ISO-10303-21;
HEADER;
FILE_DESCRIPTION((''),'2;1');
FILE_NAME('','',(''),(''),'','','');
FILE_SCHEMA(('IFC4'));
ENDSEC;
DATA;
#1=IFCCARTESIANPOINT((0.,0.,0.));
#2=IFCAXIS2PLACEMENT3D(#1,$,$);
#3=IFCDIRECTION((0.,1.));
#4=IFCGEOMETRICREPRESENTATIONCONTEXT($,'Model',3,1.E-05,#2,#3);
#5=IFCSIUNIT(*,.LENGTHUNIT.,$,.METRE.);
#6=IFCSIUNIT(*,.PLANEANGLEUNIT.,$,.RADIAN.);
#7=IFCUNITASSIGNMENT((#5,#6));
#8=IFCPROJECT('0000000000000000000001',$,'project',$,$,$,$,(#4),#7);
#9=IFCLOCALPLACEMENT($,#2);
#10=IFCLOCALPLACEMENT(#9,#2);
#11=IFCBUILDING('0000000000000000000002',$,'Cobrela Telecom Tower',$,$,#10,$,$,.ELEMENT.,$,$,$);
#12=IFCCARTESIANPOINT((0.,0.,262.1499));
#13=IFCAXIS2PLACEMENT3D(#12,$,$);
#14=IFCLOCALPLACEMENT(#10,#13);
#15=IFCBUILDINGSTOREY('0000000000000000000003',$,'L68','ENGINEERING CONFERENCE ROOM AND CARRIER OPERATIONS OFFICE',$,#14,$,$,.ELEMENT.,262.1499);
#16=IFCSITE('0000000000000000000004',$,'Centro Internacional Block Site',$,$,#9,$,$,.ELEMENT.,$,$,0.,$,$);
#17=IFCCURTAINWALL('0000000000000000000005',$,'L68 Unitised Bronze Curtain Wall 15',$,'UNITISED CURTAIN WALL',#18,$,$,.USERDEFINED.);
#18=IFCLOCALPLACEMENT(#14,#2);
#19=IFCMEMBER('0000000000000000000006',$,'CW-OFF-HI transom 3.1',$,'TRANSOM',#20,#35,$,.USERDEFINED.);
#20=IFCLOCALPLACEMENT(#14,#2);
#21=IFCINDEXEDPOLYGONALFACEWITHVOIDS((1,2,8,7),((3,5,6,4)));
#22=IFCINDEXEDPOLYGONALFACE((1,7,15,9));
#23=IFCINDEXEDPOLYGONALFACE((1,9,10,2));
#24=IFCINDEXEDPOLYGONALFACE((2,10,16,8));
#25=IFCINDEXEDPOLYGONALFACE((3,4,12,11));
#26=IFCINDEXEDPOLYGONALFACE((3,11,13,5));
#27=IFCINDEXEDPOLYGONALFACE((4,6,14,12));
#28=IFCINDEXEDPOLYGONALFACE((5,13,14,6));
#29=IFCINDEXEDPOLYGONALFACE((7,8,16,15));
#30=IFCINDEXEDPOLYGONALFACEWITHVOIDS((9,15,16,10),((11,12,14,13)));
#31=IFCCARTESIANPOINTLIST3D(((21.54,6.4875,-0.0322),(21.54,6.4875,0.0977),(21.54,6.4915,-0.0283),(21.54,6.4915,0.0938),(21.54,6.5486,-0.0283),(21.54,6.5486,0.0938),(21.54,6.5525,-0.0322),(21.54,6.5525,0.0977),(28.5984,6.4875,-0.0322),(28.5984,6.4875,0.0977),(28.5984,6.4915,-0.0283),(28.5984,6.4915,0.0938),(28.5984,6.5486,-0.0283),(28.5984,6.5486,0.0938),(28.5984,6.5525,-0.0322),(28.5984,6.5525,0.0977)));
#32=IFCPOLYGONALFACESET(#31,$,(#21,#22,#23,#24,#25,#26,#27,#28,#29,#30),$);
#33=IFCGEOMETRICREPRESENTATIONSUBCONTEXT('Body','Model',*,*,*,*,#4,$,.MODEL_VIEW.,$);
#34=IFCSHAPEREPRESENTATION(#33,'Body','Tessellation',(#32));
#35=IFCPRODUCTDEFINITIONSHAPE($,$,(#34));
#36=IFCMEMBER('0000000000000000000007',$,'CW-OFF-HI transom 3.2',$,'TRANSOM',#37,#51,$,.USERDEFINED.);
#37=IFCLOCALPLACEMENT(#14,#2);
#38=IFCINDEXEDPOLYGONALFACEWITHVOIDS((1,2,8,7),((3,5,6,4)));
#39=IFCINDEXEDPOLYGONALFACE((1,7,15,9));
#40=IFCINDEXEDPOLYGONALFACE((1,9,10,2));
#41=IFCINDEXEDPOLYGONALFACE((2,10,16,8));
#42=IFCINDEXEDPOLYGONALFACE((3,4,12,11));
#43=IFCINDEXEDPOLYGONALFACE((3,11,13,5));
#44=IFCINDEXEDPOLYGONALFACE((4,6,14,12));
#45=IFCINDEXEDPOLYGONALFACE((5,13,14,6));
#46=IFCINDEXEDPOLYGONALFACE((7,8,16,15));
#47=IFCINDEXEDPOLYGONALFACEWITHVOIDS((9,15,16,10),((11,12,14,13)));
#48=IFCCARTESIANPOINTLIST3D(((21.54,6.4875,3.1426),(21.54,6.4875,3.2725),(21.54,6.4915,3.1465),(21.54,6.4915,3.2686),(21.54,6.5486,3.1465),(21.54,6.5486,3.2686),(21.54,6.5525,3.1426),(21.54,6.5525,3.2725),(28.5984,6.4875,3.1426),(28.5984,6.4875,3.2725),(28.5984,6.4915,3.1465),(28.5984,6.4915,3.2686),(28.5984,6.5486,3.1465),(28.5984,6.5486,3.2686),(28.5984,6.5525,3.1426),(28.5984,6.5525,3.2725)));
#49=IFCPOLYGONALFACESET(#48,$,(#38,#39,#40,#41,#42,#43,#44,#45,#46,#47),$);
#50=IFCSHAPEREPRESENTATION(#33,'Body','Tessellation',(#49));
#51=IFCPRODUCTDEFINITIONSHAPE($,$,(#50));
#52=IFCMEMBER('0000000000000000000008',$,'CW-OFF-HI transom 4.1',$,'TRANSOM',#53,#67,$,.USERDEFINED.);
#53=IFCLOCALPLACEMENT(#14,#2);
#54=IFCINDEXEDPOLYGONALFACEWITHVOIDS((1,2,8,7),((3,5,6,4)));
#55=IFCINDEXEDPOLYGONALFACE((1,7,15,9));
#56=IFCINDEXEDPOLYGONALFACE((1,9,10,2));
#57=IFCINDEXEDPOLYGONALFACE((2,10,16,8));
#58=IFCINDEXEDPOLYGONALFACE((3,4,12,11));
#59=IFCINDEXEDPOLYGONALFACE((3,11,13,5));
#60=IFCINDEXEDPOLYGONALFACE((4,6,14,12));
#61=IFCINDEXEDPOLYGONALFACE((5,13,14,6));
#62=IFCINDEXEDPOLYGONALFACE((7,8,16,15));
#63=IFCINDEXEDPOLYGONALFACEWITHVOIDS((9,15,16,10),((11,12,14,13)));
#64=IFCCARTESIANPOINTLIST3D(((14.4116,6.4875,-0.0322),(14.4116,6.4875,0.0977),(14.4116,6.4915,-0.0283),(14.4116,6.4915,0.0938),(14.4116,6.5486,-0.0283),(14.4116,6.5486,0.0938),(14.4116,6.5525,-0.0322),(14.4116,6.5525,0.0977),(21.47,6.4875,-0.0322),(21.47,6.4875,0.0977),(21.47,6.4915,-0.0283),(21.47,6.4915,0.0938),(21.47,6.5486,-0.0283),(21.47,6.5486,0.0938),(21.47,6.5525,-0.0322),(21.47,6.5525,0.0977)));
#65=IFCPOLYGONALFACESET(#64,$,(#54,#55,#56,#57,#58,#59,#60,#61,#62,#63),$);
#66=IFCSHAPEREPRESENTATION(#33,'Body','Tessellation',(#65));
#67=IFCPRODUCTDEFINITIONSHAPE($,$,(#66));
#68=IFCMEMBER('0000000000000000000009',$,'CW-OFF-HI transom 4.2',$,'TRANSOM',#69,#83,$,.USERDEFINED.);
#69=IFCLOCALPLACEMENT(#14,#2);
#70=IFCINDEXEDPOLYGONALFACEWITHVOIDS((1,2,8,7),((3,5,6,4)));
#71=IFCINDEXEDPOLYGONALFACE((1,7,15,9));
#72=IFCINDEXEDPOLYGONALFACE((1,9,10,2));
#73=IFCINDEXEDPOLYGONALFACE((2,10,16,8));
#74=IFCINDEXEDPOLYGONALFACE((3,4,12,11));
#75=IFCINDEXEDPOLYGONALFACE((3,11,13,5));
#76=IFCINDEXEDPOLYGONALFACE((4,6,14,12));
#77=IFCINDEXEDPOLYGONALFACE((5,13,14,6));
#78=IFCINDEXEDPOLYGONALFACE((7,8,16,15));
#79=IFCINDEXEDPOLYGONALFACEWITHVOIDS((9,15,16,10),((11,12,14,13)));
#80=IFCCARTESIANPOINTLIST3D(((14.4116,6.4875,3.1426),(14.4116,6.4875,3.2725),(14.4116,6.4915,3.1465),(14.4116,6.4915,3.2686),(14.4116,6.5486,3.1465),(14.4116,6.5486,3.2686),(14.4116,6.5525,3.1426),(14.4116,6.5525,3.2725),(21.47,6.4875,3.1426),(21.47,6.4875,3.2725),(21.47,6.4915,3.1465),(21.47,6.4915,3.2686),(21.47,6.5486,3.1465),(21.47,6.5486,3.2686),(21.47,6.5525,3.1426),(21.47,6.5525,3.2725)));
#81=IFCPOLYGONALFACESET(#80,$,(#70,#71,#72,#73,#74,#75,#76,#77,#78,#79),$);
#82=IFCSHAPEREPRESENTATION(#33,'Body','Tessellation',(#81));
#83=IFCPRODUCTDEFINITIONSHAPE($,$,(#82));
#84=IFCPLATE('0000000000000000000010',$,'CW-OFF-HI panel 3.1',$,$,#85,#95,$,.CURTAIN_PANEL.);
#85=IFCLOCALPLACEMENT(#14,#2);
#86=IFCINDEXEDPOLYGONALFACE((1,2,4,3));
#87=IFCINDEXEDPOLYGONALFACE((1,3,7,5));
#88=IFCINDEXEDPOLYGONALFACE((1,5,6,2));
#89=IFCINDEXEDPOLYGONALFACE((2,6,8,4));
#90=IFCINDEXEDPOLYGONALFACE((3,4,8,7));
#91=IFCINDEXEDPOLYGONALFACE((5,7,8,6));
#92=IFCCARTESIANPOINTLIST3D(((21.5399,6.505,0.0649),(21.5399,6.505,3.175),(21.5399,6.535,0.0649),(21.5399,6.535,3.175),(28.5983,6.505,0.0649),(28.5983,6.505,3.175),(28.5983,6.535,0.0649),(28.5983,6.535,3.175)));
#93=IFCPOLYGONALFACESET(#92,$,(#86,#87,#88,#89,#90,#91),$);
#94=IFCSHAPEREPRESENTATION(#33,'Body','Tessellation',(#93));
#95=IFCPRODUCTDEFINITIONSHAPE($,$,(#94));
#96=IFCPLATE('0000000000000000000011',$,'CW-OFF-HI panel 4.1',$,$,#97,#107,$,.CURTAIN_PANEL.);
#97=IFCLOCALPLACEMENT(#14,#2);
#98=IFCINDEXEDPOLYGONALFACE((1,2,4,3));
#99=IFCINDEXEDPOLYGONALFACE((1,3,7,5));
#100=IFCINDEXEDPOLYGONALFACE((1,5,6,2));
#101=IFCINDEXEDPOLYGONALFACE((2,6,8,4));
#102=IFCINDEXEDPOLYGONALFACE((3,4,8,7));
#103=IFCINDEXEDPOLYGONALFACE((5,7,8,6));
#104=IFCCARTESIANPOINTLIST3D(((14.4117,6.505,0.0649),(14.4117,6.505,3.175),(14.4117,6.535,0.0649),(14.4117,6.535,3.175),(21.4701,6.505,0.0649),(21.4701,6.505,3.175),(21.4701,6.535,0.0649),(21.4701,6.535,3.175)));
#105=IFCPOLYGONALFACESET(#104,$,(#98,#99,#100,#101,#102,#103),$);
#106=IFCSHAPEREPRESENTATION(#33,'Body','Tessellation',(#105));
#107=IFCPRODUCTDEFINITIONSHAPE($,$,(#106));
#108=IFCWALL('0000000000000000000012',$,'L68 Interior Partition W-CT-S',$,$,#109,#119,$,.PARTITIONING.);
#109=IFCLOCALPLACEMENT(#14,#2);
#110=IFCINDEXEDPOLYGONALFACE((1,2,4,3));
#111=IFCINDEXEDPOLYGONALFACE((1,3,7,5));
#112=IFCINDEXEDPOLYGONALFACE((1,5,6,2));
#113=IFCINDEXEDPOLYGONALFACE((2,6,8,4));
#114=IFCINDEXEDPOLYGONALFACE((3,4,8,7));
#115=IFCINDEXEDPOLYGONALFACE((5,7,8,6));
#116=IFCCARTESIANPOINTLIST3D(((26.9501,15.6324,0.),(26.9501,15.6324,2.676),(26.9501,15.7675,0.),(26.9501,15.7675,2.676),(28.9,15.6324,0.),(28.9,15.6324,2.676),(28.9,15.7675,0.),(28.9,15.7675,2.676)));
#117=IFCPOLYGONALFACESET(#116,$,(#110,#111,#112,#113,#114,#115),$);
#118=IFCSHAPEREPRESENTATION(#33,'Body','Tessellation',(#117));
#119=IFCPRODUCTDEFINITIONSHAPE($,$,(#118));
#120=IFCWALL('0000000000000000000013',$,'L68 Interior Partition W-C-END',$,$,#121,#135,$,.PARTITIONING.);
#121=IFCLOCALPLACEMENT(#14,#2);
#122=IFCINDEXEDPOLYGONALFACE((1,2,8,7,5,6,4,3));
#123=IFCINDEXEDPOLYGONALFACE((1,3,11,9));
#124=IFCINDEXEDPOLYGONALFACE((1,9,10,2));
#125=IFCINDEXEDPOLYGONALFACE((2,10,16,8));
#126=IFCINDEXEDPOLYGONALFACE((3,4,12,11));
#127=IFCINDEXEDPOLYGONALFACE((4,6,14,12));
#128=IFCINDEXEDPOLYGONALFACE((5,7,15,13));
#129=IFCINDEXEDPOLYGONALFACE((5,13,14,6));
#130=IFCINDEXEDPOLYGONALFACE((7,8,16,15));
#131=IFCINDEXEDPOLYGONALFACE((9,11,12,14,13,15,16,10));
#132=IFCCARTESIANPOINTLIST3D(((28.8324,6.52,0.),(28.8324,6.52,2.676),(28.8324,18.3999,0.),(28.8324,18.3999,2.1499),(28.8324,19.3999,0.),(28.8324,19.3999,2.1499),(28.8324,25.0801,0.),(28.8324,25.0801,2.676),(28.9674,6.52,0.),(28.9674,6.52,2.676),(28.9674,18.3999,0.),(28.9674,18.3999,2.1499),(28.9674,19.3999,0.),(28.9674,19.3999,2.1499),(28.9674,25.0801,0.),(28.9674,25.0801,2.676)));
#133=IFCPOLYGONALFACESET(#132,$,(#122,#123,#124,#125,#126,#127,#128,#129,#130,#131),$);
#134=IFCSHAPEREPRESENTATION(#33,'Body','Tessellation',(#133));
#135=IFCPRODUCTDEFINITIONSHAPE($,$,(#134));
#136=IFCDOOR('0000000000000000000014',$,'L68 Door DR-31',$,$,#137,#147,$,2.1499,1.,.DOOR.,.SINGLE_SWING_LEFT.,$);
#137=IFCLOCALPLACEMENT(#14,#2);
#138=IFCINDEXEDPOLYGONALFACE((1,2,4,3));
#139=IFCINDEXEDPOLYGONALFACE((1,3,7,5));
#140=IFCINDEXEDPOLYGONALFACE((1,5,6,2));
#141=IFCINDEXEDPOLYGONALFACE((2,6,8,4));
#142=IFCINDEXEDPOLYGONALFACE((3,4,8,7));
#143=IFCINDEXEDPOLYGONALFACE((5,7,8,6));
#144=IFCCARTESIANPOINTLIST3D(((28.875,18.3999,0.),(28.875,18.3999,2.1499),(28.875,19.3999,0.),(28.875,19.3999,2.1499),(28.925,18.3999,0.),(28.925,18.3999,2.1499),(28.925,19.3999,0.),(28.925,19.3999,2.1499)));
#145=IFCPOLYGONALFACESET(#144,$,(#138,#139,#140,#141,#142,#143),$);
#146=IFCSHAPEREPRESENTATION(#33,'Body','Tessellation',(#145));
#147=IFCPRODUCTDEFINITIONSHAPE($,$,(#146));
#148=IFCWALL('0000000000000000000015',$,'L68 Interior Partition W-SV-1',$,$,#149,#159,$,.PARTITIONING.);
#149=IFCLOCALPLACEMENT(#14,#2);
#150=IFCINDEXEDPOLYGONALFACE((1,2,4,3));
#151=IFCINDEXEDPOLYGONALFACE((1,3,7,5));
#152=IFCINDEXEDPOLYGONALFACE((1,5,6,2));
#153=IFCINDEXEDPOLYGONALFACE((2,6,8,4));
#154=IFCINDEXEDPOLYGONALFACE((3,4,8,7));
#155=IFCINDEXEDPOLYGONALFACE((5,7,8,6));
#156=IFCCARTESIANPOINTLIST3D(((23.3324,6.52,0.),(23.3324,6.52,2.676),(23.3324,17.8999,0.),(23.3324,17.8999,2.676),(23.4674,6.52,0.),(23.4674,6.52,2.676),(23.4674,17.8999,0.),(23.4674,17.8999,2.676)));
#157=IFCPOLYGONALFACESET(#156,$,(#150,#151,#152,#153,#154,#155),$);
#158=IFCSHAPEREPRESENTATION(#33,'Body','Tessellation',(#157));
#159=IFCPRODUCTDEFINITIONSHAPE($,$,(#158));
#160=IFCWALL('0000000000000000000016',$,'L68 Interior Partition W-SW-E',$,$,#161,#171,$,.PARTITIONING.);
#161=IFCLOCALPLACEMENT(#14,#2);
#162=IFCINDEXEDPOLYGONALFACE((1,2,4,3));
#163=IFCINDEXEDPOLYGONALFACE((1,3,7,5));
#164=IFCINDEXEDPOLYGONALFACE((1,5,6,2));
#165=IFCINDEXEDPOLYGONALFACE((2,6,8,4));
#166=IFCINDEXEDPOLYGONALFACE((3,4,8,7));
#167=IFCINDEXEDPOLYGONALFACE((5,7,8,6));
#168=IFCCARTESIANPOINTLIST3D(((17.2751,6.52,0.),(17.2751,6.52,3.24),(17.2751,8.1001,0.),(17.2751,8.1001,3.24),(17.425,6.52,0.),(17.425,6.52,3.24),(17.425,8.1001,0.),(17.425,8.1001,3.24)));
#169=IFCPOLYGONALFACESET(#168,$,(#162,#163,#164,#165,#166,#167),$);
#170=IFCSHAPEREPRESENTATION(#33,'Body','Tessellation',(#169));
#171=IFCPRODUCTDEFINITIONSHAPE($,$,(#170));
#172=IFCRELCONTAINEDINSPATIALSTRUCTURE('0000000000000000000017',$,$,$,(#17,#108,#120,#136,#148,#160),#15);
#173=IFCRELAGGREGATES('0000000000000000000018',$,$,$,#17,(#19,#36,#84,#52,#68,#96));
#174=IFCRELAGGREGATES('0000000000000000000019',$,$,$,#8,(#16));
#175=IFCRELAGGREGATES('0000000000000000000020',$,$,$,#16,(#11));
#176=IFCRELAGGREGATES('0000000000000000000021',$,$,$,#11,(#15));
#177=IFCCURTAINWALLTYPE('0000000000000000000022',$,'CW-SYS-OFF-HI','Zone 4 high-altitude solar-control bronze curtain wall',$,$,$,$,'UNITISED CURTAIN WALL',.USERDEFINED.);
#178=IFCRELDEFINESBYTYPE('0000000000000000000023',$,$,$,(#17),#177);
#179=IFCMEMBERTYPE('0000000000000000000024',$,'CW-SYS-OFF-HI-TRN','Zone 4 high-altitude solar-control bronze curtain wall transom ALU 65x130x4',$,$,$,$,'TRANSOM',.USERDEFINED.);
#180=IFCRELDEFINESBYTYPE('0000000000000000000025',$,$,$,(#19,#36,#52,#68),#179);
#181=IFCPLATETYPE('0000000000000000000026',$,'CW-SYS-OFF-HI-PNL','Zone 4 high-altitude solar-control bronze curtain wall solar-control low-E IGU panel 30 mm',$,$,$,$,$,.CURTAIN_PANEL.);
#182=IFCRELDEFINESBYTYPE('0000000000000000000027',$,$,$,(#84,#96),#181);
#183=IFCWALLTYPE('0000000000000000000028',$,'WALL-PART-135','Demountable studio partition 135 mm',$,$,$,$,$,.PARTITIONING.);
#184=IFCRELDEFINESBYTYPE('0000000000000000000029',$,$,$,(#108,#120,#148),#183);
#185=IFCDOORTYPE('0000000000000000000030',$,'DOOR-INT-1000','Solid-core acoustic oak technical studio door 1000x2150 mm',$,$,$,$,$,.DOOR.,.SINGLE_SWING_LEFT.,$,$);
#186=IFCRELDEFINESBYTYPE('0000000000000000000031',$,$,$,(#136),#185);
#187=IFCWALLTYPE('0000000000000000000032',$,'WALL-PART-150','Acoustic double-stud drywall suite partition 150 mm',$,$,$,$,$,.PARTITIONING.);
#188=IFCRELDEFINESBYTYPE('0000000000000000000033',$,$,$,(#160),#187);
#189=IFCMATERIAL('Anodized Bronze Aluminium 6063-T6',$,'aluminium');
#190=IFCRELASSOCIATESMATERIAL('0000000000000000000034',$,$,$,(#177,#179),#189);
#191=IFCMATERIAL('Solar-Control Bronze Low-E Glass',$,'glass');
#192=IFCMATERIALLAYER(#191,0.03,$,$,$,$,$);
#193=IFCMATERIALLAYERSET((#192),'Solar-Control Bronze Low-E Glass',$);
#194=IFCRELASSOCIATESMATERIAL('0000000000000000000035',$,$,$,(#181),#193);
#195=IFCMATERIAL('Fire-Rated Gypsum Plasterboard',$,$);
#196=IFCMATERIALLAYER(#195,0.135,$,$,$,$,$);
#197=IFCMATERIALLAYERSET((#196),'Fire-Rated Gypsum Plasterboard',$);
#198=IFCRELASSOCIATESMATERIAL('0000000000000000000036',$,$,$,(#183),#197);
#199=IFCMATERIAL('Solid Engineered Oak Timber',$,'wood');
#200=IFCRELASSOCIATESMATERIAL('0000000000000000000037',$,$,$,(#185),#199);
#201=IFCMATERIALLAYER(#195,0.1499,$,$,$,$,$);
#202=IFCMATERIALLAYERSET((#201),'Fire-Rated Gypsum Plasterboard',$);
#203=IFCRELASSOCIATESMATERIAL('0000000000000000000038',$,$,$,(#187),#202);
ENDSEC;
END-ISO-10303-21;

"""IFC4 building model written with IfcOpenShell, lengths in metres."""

from ifc_helpers import new_model, si_unit, direction, frame, frame_2d, origin, origin_2d, place, context, subcontext, project, spatial, rectangle, hollow_rectangle, extrude, material, layer, layer_set, material_profile, profile_set, type_object, element, fill, aggregate, save


model = new_model("IFC4")

# Units and contexts
model_context = context("Model", 3, precision=1e-05, world=origin(), true_north=direction((0.0, 1.0)))
body_context = subcontext(model_context, "Body", "Model", "MODEL_VIEW")
ifc_project = project(units=[si_unit("LENGTHUNIT", "METRE"), si_unit("PLANEANGLEUNIT", "RADIAN")], contexts=[model_context])

# Site, building, storey
site_placement = place(None, origin())
site = spatial("IfcSite", under=ifc_project, at=site_placement, Name="Centro Internacional Block Site", CompositionType="ELEMENT", RefElevation=0.0)
building_placement = place(site_placement, origin())
building = spatial("IfcBuilding", under=site, at=building_placement, Name="Cobrela Telecom Tower", CompositionType="ELEMENT")
storey_placement = place(building_placement, frame((0.0, 0.0, 262.1499)))
storey = spatial("IfcBuildingStorey", under=building, at=storey_placement, Name="L68", Description="ENGINEERING CONFERENCE ROOM AND CARRIER OPERATIONS OFFICE", CompositionType="ELEMENT", Elevation=262.1499)

# Curtain wall, members, plates
ifc_material_1 = material(Name="Anodized Bronze Aluminium 6063-T6", Category="aluminium")
curtain_wall_type = type_object("IfcCurtainWallType", Name="CW-SYS-OFF-HI", Description="Zone 4 high-altitude solar-control bronze curtain wall", ElementType="UNITISED CURTAIN WALL", PredefinedType="USERDEFINED", material=ifc_material_1)
curtain_wall_placement = place(storey_placement, origin())
curtain_wall = element("IfcCurtainWall", 1, at=curtain_wall_placement, inside=storey, type_object=curtain_wall_type, Name="L68 Unitised Bronze Curtain Wall 15", ObjectType="UNITISED CURTAIN WALL", PredefinedType="USERDEFINED")
ifc_material_profile_1 = material_profile(ifc_material_1, hollow_rectangle(XDim=0.0649, YDim=0.1299, WallThickness=0.0039, at=origin_2d()), Name="ALU 65x130x4")
ifc_profile_set_1 = profile_set([ifc_material_profile_1], Name="Anodized Bronze Aluminium 6063-T6")
member_type_1 = type_object("IfcMemberType", Name="CW-SYS-OFF-HI-TRN", Description="Zone 4 high-altitude solar-control bronze curtain wall transom ALU 65x130x4", ElementType="TRANSOM", PredefinedType="USERDEFINED", material=ifc_profile_set_1)
member_1_placement = place(storey_placement, frame((28.5984, 6.52, 0.0327), z_axis=(-1.0, 0.0, 0.0), x_axis=(0.0, -1.0, 0.0)))
member_1 = element("IfcMember", 2, at=member_1_placement, type_object=member_type_1, Name="CW-OFF-HI transom 3.1", ObjectType="TRANSOM", PredefinedType="USERDEFINED", context=body_context, shape_type="SweptSolid", body=[
    extrude(hollow_rectangle(XDim=0.0649, YDim=0.1299, WallThickness=0.0039, at=origin_2d()), origin(), (0.0, 0.0, 1.0), 7.0583),
])
member_2_placement = place(storey_placement, frame((28.5984, 6.52, 3.2075), z_axis=(-1.0, 0.0, 0.0), x_axis=(0.0, -1.0, 0.0)))
member_2 = element("IfcMember", 3, at=member_2_placement, type_object=member_type_1, Name="CW-OFF-HI transom 3.2", ObjectType="TRANSOM", PredefinedType="USERDEFINED", context=body_context, shape_type="SweptSolid", body=[
    extrude(hollow_rectangle(XDim=0.0649, YDim=0.1299, WallThickness=0.0039, at=origin_2d()), origin(), (0.0, 0.0, 1.0), 7.0583),
])
member_3_placement = place(storey_placement, frame((21.47, 6.52, 0.0327), z_axis=(-1.0, 0.0, 0.0), x_axis=(0.0, -1.0, 0.0)))
member_3 = element("IfcMember", 4, at=member_3_placement, type_object=member_type_1, Name="CW-OFF-HI transom 4.1", ObjectType="TRANSOM", PredefinedType="USERDEFINED", context=body_context, shape_type="SweptSolid", body=[
    extrude(hollow_rectangle(XDim=0.0649, YDim=0.1299, WallThickness=0.0039, at=origin_2d()), origin(), (0.0, 0.0, 1.0), 7.0583),
])
member_4_placement = place(storey_placement, frame((21.47, 6.52, 3.2075), z_axis=(-1.0, 0.0, 0.0), x_axis=(0.0, -1.0, 0.0)))
member_4 = element("IfcMember", 5, at=member_4_placement, type_object=member_type_1, Name="CW-OFF-HI transom 4.2", ObjectType="TRANSOM", PredefinedType="USERDEFINED", context=body_context, shape_type="SweptSolid", body=[
    extrude(hollow_rectangle(XDim=0.0649, YDim=0.1299, WallThickness=0.0039, at=origin_2d()), origin(), (0.0, 0.0, 1.0), 7.0583),
])
ifc_material_2 = material(Name="Solar-Control Bronze Low-E Glass", Category="glass")
ifc_layer_1 = layer(ifc_material_2, 0.03)
ifc_layer_set_1 = layer_set([ifc_layer_1], Name="Solar-Control Bronze Low-E Glass")
plate_type = type_object("IfcPlateType", Name="CW-SYS-OFF-HI-PNL", Description="Zone 4 high-altitude solar-control bronze curtain wall solar-control low-E IGU panel 30 mm", PredefinedType="CURTAIN_PANEL", material=ifc_layer_set_1)
plate_1_placement = place(storey_placement, frame((25.0691, 6.52, 0.0649), z_axis=(0.0, 0.0, 1.0), x_axis=(-1.0, 0.0, 0.0)))
plate_1 = element("IfcPlate", 6, at=plate_1_placement, type_object=plate_type, Name="CW-OFF-HI panel 3.1", PredefinedType="CURTAIN_PANEL", context=body_context, shape_type="SweptSolid", body=[
    extrude(rectangle(XDim=7.0583, YDim=0.03, at=origin_2d()), origin(), (0.0, 0.0, 1.0), 3.1101),
])
plate_2_placement = place(storey_placement, frame((17.9409, 6.52, 0.0649), z_axis=(0.0, 0.0, 1.0), x_axis=(-1.0, 0.0, 0.0)))
plate_2 = element("IfcPlate", 7, at=plate_2_placement, type_object=plate_type, Name="CW-OFF-HI panel 4.1", PredefinedType="CURTAIN_PANEL", context=body_context, shape_type="SweptSolid", body=[
    extrude(rectangle(XDim=7.0583, YDim=0.03, at=origin_2d()), origin(), (0.0, 0.0, 1.0), 3.1101),
])
aggregate(curtain_wall, [member_1, member_2, plate_1, member_3, member_4, plate_2])

# Wall
ifc_material_3 = material(Name="Fire-Rated Gypsum Plasterboard")
ifc_layer_2 = layer(ifc_material_3, 0.135)
ifc_layer_set_2 = layer_set([ifc_layer_2], Name="Fire-Rated Gypsum Plasterboard")
wall_type_1 = type_object("IfcWallType", Name="WALL-PART-135", Description="Demountable studio partition 135 mm", PredefinedType="PARTITIONING", material=ifc_layer_set_2)
wall_1_placement = place(storey_placement, frame((26.95, 15.7, 0.0), z_axis=(0.0, 0.0, 1.0), x_axis=(1.0, 0.0, 0.0)))
element("IfcWall", 8, at=wall_1_placement, inside=storey, type_object=wall_type_1, Name="L68 Interior Partition W-CT-S", PredefinedType="PARTITIONING", context=body_context, shape_type="SweptSolid", body=[
    extrude(rectangle(XDim=1.95, YDim=0.135, at=frame_2d((0.9751, 0.0))), origin(), (0.0, 0.0, 1.0), 2.676),
])

# Wall, opening, door
wall_2_placement = place(storey_placement, frame((28.8999, 6.52, 0.0), z_axis=(0.0, 0.0, 1.0), x_axis=(0.0, 1.0, 0.0)))
wall_2 = element("IfcWall", 9, at=wall_2_placement, inside=storey, type_object=wall_type_1, Name="L68 Interior Partition W-C-END", PredefinedType="PARTITIONING", context=body_context, shape_type="SweptSolid", body=[
    extrude(rectangle(XDim=18.5601, YDim=0.135, at=frame_2d((9.28, 0.0))), origin(), (0.0, 0.0, 1.0), 2.676),
])
opening_placement = place(wall_2_placement, frame((11.8799, 0.0, 0.0)))
opening = element("IfcOpeningElement", 10, at=opening_placement, cuts=wall_2, PredefinedType="OPENING", context=body_context, shape_type="SweptSolid", body=[
    extrude(rectangle(XDim=1.0, YDim=2.1499, at=frame_2d((0.5, 1.075))), frame((0.0, 0.0796, 0.0), z_axis=(0.0, -1.0, 0.0), x_axis=(1.0, 0.0, 0.0)), (0.0, 0.0, 1.0), 0.1589),
])
ifc_material_4 = material(Name="Solid Engineered Oak Timber", Category="wood")
door_type = type_object("IfcDoorType", Name="DOOR-INT-1000", Description="Solid-core acoustic oak technical studio door 1000x2150 mm", OperationType="SINGLE_SWING_LEFT", PredefinedType="DOOR", material=ifc_material_4)
door_placement = place(opening_placement, origin())
door = element("IfcDoor", 11, at=door_placement, inside=storey, type_object=door_type, Name="L68 Door DR-31", OperationType="SINGLE_SWING_LEFT", OverallHeight=2.1499, OverallWidth=1.0, PredefinedType="DOOR", context=body_context, shape_type="SweptSolid", body=[
    extrude(rectangle(XDim=1.0, YDim=2.1499, at=frame_2d((0.5, 1.075))), frame((0.0, 0.0249, 0.0), z_axis=(0.0, -1.0, 0.0), x_axis=(1.0, 0.0, 0.0)), (0.0, 0.0, 1.0), 0.05),
])
fill(opening, door)

# Walls
wall_3_placement = place(storey_placement, frame((23.3999, 6.52, 0.0), z_axis=(0.0, 0.0, 1.0), x_axis=(0.0, 1.0, 0.0)))
element("IfcWall", 12, at=wall_3_placement, inside=storey, type_object=wall_type_1, Name="L68 Interior Partition W-SV-1", PredefinedType="PARTITIONING", context=body_context, shape_type="SweptSolid", body=[
    extrude(rectangle(XDim=11.3799, YDim=0.135, at=frame_2d((5.6899, 0.0))), origin(), (0.0, 0.0, 1.0), 2.676),
])
ifc_layer_3 = layer(ifc_material_3, 0.1499)
ifc_layer_set_3 = layer_set([ifc_layer_3], Name="Fire-Rated Gypsum Plasterboard")
wall_type_2 = type_object("IfcWallType", Name="WALL-PART-150", Description="Acoustic double-stud drywall suite partition 150 mm", PredefinedType="PARTITIONING", material=ifc_layer_set_3)
wall_4_placement = place(storey_placement, frame((17.3501, 6.52, 0.0), z_axis=(0.0, 0.0, 1.0), x_axis=(0.0, 1.0, 0.0)))
element("IfcWall", 13, at=wall_4_placement, inside=storey, type_object=wall_type_2, Name="L68 Interior Partition W-SW-E", PredefinedType="PARTITIONING", context=body_context, shape_type="SweptSolid", body=[
    extrude(rectangle(XDim=1.5801, YDim=0.1499, at=frame_2d((0.79, 0.0))), origin(), (0.0, 0.0, 1.0), 3.24),
])

save(model, "model.ifc")
